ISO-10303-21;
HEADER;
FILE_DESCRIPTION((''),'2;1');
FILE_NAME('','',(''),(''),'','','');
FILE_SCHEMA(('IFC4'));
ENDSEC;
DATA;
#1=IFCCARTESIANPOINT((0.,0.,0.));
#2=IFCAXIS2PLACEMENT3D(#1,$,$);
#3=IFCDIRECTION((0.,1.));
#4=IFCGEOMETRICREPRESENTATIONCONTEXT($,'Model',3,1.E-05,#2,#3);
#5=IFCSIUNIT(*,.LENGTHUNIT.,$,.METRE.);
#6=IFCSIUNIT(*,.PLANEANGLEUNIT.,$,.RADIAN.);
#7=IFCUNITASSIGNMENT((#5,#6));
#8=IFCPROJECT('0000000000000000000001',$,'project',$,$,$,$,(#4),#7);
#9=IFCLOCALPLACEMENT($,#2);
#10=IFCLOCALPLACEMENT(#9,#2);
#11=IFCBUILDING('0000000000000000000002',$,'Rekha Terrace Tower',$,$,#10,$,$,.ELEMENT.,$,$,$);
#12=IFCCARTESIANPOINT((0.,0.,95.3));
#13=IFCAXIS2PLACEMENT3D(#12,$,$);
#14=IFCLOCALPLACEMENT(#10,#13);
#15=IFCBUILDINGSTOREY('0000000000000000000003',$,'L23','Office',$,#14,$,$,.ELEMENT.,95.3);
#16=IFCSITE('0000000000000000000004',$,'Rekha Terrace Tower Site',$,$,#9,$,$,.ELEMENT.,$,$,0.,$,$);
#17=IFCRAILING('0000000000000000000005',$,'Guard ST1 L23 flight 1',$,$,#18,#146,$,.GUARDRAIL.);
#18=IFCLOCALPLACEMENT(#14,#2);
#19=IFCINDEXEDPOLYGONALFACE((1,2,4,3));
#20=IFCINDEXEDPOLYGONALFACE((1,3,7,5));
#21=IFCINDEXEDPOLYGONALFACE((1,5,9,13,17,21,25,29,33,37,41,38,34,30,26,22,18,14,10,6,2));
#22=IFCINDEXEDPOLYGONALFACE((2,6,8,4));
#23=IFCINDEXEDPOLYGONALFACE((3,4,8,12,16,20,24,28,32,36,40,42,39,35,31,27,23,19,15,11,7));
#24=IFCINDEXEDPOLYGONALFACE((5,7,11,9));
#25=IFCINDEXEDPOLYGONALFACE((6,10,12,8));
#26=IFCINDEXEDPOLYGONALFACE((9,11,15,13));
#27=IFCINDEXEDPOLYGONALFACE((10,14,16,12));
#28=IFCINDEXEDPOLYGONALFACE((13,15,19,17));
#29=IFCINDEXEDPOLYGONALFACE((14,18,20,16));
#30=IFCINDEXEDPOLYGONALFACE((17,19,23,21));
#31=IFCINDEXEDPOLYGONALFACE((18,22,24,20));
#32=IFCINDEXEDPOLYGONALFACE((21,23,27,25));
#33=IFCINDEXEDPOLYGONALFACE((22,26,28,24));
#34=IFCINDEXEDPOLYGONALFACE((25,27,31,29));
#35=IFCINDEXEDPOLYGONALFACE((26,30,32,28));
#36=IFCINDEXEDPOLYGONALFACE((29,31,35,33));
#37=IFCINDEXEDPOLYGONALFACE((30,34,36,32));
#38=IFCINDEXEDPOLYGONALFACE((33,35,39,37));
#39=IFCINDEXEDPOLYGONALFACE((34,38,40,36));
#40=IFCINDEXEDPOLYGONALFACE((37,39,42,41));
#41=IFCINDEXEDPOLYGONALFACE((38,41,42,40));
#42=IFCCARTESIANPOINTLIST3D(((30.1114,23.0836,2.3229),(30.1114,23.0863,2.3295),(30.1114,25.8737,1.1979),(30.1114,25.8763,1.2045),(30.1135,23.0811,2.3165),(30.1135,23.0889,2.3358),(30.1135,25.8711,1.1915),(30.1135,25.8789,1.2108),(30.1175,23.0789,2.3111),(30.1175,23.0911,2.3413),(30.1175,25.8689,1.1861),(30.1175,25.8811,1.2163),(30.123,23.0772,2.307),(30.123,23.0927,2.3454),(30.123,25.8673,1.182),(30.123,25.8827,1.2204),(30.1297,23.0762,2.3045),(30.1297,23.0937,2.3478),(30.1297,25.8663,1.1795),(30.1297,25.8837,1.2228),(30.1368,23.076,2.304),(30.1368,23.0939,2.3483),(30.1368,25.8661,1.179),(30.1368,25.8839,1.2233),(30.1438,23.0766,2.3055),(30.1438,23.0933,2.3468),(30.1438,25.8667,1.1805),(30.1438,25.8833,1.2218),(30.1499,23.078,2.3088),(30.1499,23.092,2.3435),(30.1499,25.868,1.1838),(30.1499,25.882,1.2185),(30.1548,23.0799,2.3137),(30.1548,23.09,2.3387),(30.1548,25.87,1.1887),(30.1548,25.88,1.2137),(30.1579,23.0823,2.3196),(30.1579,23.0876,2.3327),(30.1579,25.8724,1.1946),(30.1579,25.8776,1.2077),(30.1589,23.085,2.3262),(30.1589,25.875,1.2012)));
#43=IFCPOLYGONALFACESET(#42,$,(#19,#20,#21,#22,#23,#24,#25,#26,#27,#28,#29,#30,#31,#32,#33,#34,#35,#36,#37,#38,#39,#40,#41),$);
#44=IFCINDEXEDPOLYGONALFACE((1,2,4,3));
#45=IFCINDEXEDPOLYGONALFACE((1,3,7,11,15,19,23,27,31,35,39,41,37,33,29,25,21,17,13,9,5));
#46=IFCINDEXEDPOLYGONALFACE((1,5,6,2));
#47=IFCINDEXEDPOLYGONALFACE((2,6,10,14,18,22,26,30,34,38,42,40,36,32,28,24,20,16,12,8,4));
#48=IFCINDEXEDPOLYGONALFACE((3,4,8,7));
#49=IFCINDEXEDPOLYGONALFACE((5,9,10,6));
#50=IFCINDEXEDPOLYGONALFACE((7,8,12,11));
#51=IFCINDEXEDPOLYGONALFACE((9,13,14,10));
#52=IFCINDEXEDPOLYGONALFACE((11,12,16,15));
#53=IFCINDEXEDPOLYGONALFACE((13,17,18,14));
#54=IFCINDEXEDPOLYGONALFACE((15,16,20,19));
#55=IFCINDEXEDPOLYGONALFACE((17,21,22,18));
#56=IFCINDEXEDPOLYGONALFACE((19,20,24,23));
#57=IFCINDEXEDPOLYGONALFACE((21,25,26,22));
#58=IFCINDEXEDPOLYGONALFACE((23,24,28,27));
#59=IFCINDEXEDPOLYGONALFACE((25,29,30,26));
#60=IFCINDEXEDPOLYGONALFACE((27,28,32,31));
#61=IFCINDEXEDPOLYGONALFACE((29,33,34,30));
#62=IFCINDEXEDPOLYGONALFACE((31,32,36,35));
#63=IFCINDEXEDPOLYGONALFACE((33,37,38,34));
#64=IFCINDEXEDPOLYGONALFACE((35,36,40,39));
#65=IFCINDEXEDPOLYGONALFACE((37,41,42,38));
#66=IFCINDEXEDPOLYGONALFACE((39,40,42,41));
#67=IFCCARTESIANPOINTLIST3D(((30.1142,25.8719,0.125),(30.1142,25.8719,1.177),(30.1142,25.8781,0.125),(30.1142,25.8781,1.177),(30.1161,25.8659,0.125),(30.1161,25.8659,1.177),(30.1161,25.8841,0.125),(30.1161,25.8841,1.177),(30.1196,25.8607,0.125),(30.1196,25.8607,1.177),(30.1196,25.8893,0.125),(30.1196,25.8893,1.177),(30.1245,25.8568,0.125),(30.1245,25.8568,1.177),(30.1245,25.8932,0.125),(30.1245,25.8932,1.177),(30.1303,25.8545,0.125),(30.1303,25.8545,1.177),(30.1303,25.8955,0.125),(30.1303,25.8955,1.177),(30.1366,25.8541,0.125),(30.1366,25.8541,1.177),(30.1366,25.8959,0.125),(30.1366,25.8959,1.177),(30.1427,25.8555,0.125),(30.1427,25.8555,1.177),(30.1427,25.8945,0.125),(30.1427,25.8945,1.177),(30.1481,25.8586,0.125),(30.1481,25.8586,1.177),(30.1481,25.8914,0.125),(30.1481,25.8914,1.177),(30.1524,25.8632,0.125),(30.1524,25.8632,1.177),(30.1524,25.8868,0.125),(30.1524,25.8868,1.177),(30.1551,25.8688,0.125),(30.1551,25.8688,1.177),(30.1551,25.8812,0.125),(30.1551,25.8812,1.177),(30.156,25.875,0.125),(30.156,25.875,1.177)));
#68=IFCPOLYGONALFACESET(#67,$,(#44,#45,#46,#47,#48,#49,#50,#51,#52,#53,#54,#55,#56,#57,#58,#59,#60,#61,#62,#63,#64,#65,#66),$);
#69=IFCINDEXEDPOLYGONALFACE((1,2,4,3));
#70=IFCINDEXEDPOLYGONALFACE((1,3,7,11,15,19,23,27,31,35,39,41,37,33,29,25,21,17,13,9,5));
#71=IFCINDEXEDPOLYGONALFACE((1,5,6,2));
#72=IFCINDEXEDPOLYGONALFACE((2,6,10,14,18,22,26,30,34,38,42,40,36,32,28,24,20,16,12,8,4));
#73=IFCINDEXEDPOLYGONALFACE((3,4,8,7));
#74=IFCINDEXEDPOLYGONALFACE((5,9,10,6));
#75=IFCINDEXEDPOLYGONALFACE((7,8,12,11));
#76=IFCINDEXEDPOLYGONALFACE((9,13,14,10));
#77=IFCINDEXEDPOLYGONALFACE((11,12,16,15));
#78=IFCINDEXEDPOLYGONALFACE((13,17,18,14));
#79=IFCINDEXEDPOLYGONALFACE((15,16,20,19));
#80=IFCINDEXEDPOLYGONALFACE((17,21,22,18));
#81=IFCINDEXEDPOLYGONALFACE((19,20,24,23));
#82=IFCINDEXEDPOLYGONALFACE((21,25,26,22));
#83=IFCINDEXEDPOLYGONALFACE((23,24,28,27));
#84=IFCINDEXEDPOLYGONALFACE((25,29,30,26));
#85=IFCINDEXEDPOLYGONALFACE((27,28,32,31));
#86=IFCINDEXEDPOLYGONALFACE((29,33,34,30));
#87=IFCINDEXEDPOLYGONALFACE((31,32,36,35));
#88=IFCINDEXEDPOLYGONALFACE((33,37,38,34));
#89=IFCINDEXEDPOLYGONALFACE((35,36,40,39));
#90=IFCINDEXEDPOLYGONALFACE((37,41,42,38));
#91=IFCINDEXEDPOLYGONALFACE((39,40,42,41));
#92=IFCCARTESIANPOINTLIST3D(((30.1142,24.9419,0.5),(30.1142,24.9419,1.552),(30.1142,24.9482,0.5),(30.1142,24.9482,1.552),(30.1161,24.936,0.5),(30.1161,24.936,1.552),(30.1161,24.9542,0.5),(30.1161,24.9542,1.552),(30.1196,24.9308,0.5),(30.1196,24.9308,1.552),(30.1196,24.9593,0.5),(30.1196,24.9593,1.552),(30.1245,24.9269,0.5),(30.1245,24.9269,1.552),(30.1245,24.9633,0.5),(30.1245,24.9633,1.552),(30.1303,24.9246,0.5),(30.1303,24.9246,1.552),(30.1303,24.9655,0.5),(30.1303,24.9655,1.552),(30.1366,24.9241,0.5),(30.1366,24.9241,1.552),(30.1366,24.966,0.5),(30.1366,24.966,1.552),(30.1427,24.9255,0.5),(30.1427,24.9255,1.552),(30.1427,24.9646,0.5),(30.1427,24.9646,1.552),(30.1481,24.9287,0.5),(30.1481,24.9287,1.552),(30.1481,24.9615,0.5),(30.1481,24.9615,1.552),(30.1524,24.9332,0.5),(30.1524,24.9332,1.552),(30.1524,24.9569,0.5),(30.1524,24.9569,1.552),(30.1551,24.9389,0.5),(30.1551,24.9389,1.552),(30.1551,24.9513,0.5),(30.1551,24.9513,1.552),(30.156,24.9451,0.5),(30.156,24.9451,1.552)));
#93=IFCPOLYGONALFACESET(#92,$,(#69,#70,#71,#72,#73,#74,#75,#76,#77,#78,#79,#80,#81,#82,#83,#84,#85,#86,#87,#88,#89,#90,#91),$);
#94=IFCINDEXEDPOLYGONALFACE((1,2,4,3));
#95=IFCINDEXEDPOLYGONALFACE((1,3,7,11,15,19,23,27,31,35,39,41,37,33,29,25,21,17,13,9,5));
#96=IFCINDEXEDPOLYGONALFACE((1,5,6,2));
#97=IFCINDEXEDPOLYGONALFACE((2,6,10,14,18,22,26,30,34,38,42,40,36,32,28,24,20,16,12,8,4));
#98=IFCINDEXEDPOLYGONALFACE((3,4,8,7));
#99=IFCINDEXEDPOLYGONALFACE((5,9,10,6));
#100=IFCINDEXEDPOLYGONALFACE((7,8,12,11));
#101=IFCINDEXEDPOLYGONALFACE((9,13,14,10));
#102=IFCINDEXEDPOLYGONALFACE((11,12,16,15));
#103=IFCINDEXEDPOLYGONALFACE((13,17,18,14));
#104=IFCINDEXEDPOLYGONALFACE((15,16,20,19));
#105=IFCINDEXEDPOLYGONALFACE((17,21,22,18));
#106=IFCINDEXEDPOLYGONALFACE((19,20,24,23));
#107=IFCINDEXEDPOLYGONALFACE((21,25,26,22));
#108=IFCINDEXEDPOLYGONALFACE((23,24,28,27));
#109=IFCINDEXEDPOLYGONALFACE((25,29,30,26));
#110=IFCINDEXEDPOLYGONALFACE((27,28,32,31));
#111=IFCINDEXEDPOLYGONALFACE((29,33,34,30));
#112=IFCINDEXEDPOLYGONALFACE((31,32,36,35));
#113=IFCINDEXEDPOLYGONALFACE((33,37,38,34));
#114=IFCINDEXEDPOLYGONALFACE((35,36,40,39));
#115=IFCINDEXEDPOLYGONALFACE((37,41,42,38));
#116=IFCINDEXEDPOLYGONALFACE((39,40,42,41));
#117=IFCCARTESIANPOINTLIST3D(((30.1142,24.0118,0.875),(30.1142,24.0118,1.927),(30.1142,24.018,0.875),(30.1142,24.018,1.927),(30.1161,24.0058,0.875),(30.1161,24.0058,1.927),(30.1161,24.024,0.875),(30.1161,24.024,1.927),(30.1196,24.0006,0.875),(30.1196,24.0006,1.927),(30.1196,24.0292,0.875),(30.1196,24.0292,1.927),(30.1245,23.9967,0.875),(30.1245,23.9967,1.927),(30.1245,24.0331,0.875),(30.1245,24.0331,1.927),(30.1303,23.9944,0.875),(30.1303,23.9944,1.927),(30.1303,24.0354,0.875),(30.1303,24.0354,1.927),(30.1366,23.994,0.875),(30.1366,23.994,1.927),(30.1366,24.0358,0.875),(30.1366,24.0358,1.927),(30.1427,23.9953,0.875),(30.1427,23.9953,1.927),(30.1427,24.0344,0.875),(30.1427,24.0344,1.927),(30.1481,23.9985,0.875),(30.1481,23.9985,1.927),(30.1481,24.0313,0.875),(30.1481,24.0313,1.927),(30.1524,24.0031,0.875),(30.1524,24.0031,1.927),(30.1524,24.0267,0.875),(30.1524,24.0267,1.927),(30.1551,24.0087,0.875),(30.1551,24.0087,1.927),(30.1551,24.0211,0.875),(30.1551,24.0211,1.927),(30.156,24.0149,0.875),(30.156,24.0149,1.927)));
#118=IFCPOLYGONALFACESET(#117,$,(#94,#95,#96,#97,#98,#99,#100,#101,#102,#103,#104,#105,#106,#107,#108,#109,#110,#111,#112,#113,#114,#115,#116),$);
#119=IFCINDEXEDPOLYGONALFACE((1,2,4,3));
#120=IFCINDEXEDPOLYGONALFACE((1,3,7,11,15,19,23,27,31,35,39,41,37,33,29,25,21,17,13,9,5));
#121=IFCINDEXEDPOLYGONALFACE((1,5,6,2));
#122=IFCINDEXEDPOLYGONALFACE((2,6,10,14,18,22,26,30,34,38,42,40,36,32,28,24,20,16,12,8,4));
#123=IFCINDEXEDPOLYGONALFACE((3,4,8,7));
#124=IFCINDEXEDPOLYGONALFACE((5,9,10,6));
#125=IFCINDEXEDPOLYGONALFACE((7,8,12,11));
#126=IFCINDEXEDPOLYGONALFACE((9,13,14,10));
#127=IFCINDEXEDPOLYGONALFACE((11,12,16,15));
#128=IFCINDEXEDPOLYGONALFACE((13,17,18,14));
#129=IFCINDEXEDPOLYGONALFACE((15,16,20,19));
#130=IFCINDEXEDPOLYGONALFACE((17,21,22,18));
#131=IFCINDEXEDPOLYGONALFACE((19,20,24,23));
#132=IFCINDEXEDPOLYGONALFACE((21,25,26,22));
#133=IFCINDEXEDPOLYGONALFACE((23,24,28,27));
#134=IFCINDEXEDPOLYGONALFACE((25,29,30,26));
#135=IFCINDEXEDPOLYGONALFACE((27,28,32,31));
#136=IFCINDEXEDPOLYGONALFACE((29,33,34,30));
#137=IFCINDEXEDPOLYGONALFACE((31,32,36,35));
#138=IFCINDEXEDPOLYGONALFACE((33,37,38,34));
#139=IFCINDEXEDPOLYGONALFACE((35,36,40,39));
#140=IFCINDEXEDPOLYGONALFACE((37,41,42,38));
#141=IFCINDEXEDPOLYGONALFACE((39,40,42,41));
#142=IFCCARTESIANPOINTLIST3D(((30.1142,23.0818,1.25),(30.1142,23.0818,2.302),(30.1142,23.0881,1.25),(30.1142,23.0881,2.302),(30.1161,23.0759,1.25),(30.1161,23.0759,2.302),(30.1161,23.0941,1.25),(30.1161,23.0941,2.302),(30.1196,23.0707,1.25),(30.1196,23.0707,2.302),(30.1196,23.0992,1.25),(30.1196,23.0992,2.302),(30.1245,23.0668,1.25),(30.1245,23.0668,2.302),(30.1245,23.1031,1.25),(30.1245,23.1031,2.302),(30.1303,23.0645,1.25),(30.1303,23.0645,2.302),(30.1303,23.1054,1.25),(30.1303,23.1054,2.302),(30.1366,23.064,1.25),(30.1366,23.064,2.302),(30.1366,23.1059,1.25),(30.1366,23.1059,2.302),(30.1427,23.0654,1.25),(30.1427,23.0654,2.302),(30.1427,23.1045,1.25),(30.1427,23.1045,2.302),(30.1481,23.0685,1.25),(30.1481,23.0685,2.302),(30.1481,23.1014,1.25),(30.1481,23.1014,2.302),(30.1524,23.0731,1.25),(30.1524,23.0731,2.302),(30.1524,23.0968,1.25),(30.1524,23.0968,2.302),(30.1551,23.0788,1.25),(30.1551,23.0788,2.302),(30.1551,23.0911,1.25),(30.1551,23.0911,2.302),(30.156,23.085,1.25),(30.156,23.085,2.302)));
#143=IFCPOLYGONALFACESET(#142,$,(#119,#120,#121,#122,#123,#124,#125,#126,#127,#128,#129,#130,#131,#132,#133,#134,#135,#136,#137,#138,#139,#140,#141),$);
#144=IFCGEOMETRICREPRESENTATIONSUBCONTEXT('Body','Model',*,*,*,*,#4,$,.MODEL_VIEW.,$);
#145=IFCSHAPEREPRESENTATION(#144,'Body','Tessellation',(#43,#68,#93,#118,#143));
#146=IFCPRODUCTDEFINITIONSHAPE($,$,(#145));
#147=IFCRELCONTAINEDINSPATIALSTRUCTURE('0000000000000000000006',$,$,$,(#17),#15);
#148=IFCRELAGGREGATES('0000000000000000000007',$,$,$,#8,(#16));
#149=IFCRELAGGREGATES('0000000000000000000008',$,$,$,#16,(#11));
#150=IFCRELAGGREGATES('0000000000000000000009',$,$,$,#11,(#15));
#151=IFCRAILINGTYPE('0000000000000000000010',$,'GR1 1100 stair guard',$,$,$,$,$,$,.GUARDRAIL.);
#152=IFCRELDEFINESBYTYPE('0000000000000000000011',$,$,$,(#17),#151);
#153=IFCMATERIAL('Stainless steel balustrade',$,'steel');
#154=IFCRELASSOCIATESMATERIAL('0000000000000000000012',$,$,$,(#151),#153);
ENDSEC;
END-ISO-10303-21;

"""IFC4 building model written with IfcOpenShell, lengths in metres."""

from ifc_helpers import new_model, si_unit, direction, frame, origin, origin_2d, place, context, subcontext, project, spatial, circle, extrude, material, type_object, element, save


model = new_model("IFC4")

# Units and contexts
model_context = context("Model", 3, precision=1e-05, world=origin(), true_north=direction((0.0, 1.0)))
body_context = subcontext(model_context, "Body", "Model", "MODEL_VIEW")
ifc_project = project(units=[si_unit("LENGTHUNIT", "METRE"), si_unit("PLANEANGLEUNIT", "RADIAN")], contexts=[model_context])

# Site, building, storey
site_placement = place(None, origin())
site = spatial("IfcSite", under=ifc_project, at=site_placement, Name="Rekha Terrace Tower Site", CompositionType="ELEMENT", RefElevation=0.0)
building_placement = place(site_placement, origin())
building = spatial("IfcBuilding", under=site, at=building_placement, Name="Rekha Terrace Tower", CompositionType="ELEMENT")
storey_placement = place(building_placement, frame((0.0, 0.0, 95.3)))
storey = spatial("IfcBuildingStorey", under=building, at=storey_placement, Name="L23", Description="Office", CompositionType="ELEMENT", Elevation=95.3)

# Railing
ifc_material_1 = material(Name="Stainless steel balustrade", Category="steel")
railing_type_1 = type_object("IfcRailingType", Name="GR1 1100 stair guard", PredefinedType="GUARDRAIL", material=ifc_material_1)
railing_1_placement = place(storey_placement, frame((30.135, 25.875, 0.125)))
element("IfcRailing", 1, at=railing_1_placement, inside=storey, type_object=railing_type_1, Name="Guard ST1 L23 flight 1", PredefinedType="GUARDRAIL", context=body_context, shape_type="SweptSolid", body=[
    extrude(circle(Radius=0.0239, at=origin_2d()), frame((0.0, 0.0, 1.0762), z_axis=(0.0, -0.927443, 0.373964), x_axis=(1.0, 0.0, 0.0)), (0.0, 0.0, 1.0), 3.0083),
    extrude(circle(Radius=0.021, at=origin_2d()), origin(), (0.0, 0.0, 1.0), 1.052),
    extrude(circle(Radius=0.021, at=origin_2d()), frame((0.0, -0.9299, 0.375)), (0.0, 0.0, 1.0), 1.052),
    extrude(circle(Radius=0.021, at=origin_2d()), frame((0.0, -1.8601, 0.75)), (0.0, 0.0, 1.0), 1.052),
    extrude(circle(Radius=0.021, at=origin_2d()), frame((0.0, -2.79, 1.125)), (0.0, 0.0, 1.0), 1.052),
])

save(model, "model.ifc")
